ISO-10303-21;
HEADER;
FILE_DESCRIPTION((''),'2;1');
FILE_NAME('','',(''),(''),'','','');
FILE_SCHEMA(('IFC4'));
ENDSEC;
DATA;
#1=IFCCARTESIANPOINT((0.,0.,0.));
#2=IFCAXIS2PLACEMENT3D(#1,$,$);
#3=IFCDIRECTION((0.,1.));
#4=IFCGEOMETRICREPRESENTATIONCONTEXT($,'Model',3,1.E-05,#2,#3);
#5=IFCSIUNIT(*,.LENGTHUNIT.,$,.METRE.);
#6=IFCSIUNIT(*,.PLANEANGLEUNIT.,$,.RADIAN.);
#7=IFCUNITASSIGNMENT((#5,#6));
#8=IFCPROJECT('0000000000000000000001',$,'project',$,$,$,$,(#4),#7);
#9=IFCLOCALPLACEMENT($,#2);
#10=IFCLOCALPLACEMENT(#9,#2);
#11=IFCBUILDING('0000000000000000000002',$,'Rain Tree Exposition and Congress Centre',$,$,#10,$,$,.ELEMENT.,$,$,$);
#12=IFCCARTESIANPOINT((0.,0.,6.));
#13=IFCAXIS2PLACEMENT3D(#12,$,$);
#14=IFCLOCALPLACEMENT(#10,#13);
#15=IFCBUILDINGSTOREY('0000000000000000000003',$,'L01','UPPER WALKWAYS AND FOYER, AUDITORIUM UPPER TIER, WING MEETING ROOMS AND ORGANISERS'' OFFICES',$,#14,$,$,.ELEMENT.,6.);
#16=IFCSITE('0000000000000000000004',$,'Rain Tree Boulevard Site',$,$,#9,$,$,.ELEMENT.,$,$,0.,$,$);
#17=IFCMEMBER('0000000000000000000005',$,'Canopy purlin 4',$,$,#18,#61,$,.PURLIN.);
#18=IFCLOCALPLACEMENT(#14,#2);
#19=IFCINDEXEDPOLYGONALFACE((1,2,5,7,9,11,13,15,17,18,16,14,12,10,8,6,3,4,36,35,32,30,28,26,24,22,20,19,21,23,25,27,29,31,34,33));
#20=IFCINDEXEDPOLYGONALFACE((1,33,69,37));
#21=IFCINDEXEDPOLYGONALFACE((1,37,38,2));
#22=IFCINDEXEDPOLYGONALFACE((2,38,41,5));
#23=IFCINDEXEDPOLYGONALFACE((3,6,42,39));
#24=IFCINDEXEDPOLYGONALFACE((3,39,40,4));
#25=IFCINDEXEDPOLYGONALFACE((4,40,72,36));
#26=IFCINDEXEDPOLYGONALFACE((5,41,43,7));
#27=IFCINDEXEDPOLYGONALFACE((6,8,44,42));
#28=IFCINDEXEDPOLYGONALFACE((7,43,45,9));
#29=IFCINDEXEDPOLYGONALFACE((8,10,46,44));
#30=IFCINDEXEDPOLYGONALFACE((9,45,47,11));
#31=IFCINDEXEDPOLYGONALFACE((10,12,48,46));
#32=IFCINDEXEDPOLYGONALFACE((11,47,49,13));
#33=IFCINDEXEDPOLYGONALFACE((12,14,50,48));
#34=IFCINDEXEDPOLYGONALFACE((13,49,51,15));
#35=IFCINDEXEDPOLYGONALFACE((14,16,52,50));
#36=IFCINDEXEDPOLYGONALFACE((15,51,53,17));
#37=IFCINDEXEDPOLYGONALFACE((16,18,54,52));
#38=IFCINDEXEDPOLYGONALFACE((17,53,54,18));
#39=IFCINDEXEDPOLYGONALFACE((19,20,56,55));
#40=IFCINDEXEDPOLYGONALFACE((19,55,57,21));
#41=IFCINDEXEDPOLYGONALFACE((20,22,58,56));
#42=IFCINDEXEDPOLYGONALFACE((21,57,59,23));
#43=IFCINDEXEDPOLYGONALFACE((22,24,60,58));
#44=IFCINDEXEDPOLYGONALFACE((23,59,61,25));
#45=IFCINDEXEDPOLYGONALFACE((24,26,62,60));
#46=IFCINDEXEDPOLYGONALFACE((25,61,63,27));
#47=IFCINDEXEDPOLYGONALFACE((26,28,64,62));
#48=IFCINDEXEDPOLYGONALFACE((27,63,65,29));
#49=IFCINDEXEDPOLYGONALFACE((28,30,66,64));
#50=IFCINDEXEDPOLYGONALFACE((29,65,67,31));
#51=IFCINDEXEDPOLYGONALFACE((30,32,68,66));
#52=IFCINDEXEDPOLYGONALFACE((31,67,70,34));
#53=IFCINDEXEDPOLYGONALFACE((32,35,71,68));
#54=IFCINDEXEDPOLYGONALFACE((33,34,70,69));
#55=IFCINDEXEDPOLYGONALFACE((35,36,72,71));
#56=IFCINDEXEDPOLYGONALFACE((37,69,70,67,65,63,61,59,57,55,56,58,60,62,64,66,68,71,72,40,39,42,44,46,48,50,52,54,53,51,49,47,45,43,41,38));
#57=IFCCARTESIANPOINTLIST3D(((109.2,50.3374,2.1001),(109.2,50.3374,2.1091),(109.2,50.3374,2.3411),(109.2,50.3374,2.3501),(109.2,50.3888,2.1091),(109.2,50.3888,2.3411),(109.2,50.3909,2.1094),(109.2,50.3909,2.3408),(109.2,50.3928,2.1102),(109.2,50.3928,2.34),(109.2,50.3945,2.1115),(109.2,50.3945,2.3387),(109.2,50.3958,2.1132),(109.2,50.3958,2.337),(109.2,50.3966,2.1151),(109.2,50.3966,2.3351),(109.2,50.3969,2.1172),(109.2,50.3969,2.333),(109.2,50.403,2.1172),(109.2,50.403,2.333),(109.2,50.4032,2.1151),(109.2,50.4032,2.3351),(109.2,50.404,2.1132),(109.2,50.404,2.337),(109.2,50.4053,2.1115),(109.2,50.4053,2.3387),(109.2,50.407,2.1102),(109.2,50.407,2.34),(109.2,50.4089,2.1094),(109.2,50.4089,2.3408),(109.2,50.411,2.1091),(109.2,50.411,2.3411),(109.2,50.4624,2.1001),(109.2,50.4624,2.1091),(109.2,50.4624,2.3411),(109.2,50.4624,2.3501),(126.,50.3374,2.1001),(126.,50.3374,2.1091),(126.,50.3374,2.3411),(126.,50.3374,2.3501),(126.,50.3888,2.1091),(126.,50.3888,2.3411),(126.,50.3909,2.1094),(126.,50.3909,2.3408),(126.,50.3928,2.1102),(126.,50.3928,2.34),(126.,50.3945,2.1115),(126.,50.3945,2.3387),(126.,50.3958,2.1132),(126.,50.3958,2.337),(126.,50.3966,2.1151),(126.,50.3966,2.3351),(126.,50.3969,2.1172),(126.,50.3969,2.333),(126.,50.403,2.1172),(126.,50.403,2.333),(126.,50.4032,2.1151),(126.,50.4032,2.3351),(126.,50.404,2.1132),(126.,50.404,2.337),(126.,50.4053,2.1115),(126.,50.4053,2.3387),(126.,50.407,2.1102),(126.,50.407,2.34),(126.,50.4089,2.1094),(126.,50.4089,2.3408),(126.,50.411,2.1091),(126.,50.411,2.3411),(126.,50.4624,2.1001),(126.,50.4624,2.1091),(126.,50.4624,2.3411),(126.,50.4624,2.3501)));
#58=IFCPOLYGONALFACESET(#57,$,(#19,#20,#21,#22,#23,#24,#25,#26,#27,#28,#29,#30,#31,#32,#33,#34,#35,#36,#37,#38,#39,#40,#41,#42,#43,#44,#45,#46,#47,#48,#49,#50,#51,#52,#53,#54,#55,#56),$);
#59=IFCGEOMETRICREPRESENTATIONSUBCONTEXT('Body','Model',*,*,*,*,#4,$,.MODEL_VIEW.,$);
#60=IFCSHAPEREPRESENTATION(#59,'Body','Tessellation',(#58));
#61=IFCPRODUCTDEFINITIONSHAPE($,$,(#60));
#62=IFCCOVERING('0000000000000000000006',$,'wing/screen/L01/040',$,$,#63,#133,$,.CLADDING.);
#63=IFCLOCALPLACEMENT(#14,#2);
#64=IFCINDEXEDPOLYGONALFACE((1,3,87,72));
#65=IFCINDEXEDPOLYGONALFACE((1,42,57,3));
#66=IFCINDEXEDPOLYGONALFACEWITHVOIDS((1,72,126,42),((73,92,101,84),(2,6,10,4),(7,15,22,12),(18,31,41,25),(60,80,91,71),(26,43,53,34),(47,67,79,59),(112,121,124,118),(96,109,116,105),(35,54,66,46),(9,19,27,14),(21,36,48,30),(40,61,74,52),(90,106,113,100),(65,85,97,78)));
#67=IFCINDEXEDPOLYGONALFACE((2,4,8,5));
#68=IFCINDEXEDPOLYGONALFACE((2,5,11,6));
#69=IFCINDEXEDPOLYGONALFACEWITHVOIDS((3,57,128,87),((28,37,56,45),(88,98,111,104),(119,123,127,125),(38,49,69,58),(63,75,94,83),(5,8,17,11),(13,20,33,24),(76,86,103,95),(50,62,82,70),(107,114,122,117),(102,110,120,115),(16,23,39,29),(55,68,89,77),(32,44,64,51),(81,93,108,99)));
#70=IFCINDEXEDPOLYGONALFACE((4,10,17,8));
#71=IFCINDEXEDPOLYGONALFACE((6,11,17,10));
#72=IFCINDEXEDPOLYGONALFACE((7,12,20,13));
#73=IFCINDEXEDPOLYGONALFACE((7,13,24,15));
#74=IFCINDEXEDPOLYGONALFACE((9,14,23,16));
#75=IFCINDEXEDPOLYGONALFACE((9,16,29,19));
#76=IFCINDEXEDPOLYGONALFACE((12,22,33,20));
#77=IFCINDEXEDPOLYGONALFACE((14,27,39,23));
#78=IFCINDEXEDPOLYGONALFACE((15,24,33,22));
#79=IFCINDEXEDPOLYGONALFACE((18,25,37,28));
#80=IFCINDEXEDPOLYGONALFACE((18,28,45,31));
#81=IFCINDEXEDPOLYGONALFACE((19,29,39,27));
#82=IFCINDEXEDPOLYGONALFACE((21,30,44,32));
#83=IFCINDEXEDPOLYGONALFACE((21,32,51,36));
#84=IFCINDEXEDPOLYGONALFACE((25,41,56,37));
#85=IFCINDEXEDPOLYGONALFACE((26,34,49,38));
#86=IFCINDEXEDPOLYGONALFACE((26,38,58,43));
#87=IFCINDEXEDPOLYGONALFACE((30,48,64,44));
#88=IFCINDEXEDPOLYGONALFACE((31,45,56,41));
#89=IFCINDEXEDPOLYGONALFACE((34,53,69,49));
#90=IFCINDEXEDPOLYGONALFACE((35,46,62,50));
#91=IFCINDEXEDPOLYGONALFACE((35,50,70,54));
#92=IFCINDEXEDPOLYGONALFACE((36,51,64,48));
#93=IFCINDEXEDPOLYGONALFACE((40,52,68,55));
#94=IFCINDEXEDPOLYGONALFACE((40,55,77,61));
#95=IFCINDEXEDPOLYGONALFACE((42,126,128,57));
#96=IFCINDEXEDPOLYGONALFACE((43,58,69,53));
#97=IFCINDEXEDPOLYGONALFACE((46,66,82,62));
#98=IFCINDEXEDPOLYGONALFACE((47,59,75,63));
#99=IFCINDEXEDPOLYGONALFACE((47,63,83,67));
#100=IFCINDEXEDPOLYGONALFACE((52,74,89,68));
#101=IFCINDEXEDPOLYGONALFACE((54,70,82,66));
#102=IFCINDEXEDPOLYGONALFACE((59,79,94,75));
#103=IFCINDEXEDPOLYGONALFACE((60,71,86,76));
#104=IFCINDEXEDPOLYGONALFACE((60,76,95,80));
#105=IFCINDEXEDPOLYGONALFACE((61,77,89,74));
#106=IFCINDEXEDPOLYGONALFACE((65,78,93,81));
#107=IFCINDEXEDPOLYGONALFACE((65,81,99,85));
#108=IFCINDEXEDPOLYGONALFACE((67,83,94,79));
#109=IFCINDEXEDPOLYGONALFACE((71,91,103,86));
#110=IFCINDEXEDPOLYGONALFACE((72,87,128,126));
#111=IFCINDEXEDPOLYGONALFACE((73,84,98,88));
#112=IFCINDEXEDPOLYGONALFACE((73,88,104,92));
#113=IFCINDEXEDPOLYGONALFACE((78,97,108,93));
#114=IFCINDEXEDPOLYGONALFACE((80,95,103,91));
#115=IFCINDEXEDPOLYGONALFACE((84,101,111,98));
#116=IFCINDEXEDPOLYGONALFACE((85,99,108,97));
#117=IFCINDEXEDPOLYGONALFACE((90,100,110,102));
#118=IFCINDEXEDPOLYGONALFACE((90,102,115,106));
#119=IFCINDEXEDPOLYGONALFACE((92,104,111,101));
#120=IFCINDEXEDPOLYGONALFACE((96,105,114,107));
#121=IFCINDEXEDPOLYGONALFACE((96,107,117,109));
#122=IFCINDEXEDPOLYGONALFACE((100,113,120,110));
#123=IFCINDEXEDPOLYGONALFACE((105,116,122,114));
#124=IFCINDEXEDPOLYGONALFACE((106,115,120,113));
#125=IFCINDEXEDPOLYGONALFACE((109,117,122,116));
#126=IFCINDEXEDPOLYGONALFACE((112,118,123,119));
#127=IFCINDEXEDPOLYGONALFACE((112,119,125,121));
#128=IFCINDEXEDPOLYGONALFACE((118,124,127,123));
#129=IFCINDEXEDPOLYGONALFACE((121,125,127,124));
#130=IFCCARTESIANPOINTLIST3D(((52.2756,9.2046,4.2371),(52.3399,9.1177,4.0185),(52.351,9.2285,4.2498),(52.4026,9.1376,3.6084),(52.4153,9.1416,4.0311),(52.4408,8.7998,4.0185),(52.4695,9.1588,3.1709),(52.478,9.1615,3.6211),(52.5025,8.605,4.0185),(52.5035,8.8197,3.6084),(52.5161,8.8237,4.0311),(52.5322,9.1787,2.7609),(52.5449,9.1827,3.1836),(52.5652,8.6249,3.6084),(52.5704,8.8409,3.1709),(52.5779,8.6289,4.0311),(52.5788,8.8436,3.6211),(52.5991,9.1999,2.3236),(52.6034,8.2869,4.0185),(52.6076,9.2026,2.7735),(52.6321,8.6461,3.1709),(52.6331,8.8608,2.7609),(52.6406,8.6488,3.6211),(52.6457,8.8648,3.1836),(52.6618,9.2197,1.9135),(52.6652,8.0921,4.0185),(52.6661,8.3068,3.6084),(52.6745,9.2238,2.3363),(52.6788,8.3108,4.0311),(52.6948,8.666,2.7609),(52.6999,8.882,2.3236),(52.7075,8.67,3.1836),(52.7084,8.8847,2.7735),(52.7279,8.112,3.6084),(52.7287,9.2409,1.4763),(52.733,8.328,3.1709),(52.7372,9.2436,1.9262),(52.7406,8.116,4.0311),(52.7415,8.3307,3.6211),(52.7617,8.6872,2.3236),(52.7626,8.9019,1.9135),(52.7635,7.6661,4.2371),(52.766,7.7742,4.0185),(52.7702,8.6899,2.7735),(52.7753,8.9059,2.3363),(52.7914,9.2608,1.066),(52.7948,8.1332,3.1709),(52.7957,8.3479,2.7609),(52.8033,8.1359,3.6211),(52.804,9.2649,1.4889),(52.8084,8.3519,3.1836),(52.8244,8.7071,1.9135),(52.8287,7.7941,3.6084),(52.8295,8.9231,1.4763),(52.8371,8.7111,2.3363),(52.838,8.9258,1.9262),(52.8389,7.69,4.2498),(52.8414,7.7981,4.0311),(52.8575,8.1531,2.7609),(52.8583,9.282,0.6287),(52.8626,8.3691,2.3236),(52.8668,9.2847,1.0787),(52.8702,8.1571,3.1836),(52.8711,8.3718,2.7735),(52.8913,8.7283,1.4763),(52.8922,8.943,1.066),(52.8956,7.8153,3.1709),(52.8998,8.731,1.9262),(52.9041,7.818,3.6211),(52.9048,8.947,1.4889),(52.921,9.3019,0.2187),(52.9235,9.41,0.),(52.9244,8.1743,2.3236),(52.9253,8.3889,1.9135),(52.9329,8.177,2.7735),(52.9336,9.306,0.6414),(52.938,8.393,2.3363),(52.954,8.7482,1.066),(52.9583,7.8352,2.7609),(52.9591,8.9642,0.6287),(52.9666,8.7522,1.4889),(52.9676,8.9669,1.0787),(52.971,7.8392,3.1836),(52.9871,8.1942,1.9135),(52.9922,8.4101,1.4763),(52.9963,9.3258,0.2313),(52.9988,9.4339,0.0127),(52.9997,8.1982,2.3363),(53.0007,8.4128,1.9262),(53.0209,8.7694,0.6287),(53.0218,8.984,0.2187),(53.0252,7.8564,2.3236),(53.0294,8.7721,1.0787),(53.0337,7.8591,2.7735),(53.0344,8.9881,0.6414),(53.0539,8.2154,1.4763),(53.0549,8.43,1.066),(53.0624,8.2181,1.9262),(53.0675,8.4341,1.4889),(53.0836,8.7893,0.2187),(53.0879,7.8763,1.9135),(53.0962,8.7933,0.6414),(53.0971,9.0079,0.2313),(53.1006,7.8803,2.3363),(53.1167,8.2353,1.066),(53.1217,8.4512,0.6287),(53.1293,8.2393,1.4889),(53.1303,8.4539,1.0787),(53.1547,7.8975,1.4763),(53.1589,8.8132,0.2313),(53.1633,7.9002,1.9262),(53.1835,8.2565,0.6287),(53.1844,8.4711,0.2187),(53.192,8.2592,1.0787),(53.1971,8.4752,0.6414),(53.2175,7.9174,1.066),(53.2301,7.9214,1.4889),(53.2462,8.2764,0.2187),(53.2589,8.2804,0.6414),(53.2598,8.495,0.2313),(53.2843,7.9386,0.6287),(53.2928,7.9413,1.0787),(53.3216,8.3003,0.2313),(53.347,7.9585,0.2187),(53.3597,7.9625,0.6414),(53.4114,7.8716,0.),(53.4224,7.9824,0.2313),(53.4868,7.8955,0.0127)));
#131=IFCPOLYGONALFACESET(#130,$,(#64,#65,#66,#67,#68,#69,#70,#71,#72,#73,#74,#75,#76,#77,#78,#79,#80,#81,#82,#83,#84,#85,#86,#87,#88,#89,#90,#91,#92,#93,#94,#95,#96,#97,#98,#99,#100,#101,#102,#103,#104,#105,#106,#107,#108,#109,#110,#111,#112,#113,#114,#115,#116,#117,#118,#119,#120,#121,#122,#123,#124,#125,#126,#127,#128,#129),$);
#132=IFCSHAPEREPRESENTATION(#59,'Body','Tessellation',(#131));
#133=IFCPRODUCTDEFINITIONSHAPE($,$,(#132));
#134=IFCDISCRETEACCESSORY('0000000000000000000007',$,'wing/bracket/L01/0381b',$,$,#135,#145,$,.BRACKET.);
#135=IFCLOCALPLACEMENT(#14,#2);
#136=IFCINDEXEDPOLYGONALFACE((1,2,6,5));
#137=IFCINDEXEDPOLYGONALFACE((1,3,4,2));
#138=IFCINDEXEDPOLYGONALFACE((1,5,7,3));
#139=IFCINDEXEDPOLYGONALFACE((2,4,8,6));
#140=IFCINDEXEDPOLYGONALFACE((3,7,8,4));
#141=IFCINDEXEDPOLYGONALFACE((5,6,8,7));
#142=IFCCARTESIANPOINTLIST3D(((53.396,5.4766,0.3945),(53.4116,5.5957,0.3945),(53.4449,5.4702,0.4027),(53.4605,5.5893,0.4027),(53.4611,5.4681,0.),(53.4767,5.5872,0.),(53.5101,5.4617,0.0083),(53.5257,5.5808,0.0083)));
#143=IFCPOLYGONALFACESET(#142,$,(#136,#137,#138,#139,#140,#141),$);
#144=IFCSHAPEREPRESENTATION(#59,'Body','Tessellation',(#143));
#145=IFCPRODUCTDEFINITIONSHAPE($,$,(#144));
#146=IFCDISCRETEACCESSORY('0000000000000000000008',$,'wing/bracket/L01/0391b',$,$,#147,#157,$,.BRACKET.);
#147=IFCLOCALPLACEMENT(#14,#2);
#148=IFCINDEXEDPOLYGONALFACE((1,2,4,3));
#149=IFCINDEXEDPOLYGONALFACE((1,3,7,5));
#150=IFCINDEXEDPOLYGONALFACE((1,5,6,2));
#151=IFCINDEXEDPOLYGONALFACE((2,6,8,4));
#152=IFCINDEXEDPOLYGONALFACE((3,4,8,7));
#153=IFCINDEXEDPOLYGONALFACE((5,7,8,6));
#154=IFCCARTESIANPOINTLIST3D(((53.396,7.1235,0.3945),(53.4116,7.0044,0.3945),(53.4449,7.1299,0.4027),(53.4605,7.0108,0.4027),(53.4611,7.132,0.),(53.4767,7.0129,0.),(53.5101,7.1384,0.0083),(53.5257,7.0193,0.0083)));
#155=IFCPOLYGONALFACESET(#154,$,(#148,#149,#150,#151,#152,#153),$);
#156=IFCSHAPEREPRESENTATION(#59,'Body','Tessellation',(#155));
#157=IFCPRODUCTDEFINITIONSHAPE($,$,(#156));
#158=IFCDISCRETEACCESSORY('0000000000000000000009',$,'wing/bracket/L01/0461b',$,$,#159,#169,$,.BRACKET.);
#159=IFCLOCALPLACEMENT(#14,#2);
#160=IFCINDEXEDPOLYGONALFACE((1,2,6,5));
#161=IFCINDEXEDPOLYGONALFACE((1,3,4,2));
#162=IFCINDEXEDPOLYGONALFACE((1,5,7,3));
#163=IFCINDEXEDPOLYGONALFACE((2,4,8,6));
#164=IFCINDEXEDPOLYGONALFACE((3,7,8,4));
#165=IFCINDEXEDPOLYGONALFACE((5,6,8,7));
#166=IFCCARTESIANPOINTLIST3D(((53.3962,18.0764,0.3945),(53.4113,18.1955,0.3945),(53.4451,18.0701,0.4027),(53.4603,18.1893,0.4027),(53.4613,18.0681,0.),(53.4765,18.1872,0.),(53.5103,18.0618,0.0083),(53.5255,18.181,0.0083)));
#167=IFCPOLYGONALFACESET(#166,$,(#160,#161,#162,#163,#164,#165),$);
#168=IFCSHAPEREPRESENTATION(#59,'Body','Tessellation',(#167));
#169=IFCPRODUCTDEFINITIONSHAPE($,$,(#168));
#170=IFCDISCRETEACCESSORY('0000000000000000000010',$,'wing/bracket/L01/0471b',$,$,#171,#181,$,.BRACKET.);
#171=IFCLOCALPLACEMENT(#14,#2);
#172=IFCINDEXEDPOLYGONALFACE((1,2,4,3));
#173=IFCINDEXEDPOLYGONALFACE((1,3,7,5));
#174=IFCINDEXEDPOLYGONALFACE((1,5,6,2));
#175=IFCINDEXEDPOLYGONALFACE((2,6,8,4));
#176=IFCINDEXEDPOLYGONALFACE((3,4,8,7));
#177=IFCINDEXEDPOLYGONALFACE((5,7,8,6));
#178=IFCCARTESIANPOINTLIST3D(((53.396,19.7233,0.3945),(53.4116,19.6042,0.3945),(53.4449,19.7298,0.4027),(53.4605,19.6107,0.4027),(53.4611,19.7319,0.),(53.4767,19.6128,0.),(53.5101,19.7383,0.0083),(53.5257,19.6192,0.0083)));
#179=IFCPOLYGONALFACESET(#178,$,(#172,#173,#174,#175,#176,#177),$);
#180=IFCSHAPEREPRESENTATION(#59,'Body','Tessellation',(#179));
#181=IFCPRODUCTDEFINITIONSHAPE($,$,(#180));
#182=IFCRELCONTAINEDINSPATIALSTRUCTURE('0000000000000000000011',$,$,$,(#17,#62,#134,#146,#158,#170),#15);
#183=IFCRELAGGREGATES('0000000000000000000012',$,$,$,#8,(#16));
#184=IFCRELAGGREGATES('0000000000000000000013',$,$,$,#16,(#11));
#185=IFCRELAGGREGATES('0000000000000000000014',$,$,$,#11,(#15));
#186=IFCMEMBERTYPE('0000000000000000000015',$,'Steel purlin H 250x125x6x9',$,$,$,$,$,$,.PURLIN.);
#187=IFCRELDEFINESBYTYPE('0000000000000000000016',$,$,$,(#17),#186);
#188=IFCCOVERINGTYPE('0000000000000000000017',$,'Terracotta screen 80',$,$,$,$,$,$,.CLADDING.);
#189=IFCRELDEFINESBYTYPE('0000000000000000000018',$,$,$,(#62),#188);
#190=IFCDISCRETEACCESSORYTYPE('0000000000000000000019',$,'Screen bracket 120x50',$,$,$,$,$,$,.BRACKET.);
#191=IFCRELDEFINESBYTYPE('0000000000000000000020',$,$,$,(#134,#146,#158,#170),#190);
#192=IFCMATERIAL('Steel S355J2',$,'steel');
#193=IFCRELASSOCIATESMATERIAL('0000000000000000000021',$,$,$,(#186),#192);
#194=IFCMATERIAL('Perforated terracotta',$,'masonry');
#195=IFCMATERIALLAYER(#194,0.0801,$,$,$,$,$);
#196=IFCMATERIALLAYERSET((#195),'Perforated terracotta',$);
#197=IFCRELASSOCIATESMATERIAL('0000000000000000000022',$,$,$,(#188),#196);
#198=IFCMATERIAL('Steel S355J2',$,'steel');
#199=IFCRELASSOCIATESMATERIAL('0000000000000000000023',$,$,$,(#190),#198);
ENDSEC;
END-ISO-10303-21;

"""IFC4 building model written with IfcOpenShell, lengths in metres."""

from ifc_helpers import new_model, si_unit, direction, frame, origin, origin_2d, place, context, subcontext, project, spatial, polyline, rectangle, i_section, outline, extrude, material, layer, layer_set, material_profile, profile_set, type_object, element, save


model = new_model("IFC4")

# Units and contexts
model_context = context("Model", 3, precision=1e-05, world=origin(), true_north=direction((0.0, 1.0)))
body_context = subcontext(model_context, "Body", "Model", "MODEL_VIEW")
ifc_project = project(units=[si_unit("LENGTHUNIT", "METRE"), si_unit("PLANEANGLEUNIT", "RADIAN")], contexts=[model_context])

# Site, building, storey
site_placement = place(None, origin())
site = spatial("IfcSite", under=ifc_project, at=site_placement, Name="Rain Tree Boulevard Site", CompositionType="ELEMENT", RefElevation=0.0)
building_placement = place(site_placement, origin())
building = spatial("IfcBuilding", under=site, at=building_placement, Name="Rain Tree Exposition and Congress Centre", CompositionType="ELEMENT")
storey_placement = place(building_placement, frame((0.0, 0.0, 6.0)))
storey = spatial("IfcBuildingStorey", under=building, at=storey_placement, Name="L01", Description="UPPER WALKWAYS AND FOYER, AUDITORIUM UPPER TIER, WING MEETING ROOMS AND ORGANISERS' OFFICES", CompositionType="ELEMENT", Elevation=6.0)

# Member
ifc_material_1 = material(Name="Steel S355J2", Category="steel")
ifc_material_profile_1 = material_profile(ifc_material_1, i_section(OverallWidth=0.125, OverallDepth=0.25, WebThickness=0.0061, FlangeThickness=0.009, FilletRadius=0.0081, at=origin_2d()), Name="H 250x125x6x9")
ifc_profile_set_1 = profile_set([ifc_material_profile_1], Name="Steel S355J2")
member_type = type_object("IfcMemberType", Name="Steel purlin H 250x125x6x9", PredefinedType="PURLIN", material=ifc_profile_set_1)
for number, where, z_axis, x_axis, name in (
    (1, (109.2, 50.3999, 2.2251), (1.0, 0.0, 0.0), (0.0, 1.0, 0.0), "Canopy purlin 4"),
):
    element("IfcMember", number, at=place(storey_placement, frame(where, z_axis=z_axis, x_axis=x_axis)), inside=storey, type_object=member_type, Name=name, PredefinedType="PURLIN", context=body_context, shape_type="SweptSolid", body=[
        extrude(i_section(OverallWidth=0.125, OverallDepth=0.25, WebThickness=0.0061, FlangeThickness=0.009, FilletRadius=0.0081, at=origin_2d()), origin(), (0.0, 0.0, 1.0), 16.8),
    ])

# Covering
ifc_material_2 = material(Name="Perforated terracotta", Category="masonry")
ifc_layer = layer(ifc_material_2, 0.0801)
ifc_layer_set = layer_set([ifc_layer], Name="Perforated terracotta")
covering_type = type_object("IfcCoveringType", Name="Terracotta screen 80", PredefinedType="CLADDING", material=ifc_layer_set)
covering_1_placement = place(storey_placement, frame((53.4934, 7.8745, 0.0127), z_axis=(-0.941177, -0.298496, -0.158386), x_axis=(0.302312, -0.953209, 0.0)))
element("IfcCovering", 2, at=covering_1_placement, inside=storey, type_object=covering_type, Name="wing/screen/L01/040", PredefinedType="CLADDING", context=body_context, shape_type="SweptSolid", body=[
    extrude(outline(polyline([(-1.636, 0.0), (-1.636, 4.2913), (-0.022, 4.2913), (-0.022, 0.0), (-1.636, 0.0)]), holes=[polyline([(-0.1243, 0.2214), (-0.1243, 0.6367), (-0.4578, 0.6367), (-0.4578, 0.2214), (-0.1243, 0.2214)]), polyline([(-0.1243, 1.0796), (-0.1243, 1.4951), (-0.4578, 1.4951), (-0.4578, 1.0796), (-0.1243, 1.0796)]), polyline([(-0.1243, 1.938), (-0.1243, 2.3533), (-0.4578, 2.3533), (-0.4578, 1.938), (-0.1243, 1.938)]), polyline([(-0.1243, 2.7961), (-0.1243, 3.2114), (-0.4578, 3.2114), (-0.4578, 2.7961), (-0.1243, 2.7961)]), polyline([(-0.1243, 3.6545), (-0.1243, 4.0698), (-0.4578, 4.0698), (-0.4578, 3.6545), (-0.1243, 3.6545)]), polyline([(-0.6621, 0.2214), (-0.6621, 0.6367), (-0.9958, 0.6367), (-0.9958, 0.2214), (-0.6621, 0.2214)]), polyline([(-0.6621, 1.0796), (-0.6621, 1.4951), (-0.9958, 1.4951), (-0.9958, 1.0796), (-0.6621, 1.0796)]), polyline([(-0.6621, 1.938), (-0.6621, 2.3533), (-0.9958, 2.3533), (-0.9958, 1.938), (-0.6621, 1.938)]), polyline([(-0.6621, 2.7961), (-0.6621, 3.2114), (-0.9958, 3.2114), (-0.9958, 2.7961), (-0.6621, 2.7961)]), polyline([(-0.6621, 3.6545), (-0.6621, 4.0698), (-0.9958, 4.0698), (-0.9958, 3.6545), (-0.6621, 3.6545)]), polyline([(-1.2002, 0.2214), (-1.2002, 0.6367), (-1.5337, 0.6367), (-1.5337, 0.2214), (-1.2002, 0.2214)]), polyline([(-1.2002, 1.0796), (-1.2002, 1.4951), (-1.5337, 1.4951), (-1.5337, 1.0796), (-1.2002, 1.0796)]), polyline([(-1.2002, 1.938), (-1.2002, 2.3533), (-1.5337, 2.3533), (-1.5337, 1.938), (-1.2002, 1.938)]), polyline([(-1.2002, 2.7961), (-1.2002, 3.2114), (-1.5337, 3.2114), (-1.5337, 2.7961), (-1.2002, 2.7961)]), polyline([(-1.2002, 3.6545), (-1.2002, 4.0698), (-1.5337, 4.0698), (-1.5337, 3.6545), (-1.2002, 3.6545)])]), origin(), (0.0, 0.0, 1.0), 0.0801),
])

# Discrete accessories
ifc_material_3 = material(Name="Steel S355J2", Category="steel")
ifc_material_profile_2 = material_profile(ifc_material_3, rectangle(XDim=0.1201, YDim=0.05, at=origin_2d()), Name="Flat bar 120x50")
ifc_profile_set_2 = profile_set([ifc_material_profile_2], Name="Steel S355J2")
discrete_accessory_type = type_object("IfcDiscreteAccessoryType", Name="Screen bracket 120x50", PredefinedType="BRACKET", material=ifc_profile_set_2)
for number, where, z_axis, x_axis, name in (
    (3, (53.4934, 5.5244, 0.0042), (-0.162976, 0.021364, 0.986399), (-0.129974, -0.991517, 0.0), "wing/bracket/L01/0381b"),
    (4, (53.4934, 7.0757, 0.0042), (-0.162976, -0.021364, 0.986399), (0.129974, -0.991517, 0.0), "wing/bracket/L01/0391b"),
    (5, (53.4934, 18.1245, 0.0042), (-0.162978, 0.020754, 0.986411), (-0.126321, -0.991989, 0.0), "wing/bracket/L01/0461b"),
    (6, (53.4934, 19.6755, 0.0042), (-0.162976, -0.021364, 0.986399), (0.129974, -0.991517, 0.0), "wing/bracket/L01/0471b"),
):
    element("IfcDiscreteAccessory", number, at=place(storey_placement, frame(where, z_axis=z_axis, x_axis=x_axis)), inside=storey, type_object=discrete_accessory_type, Name=name, PredefinedType="BRACKET", context=body_context, shape_type="SweptSolid", body=[
        extrude(rectangle(XDim=0.1201, YDim=0.05, at=origin_2d()), origin(), (0.0, 0.0, 1.0), 0.3999),
    ])

save(model, "model.ifc")
